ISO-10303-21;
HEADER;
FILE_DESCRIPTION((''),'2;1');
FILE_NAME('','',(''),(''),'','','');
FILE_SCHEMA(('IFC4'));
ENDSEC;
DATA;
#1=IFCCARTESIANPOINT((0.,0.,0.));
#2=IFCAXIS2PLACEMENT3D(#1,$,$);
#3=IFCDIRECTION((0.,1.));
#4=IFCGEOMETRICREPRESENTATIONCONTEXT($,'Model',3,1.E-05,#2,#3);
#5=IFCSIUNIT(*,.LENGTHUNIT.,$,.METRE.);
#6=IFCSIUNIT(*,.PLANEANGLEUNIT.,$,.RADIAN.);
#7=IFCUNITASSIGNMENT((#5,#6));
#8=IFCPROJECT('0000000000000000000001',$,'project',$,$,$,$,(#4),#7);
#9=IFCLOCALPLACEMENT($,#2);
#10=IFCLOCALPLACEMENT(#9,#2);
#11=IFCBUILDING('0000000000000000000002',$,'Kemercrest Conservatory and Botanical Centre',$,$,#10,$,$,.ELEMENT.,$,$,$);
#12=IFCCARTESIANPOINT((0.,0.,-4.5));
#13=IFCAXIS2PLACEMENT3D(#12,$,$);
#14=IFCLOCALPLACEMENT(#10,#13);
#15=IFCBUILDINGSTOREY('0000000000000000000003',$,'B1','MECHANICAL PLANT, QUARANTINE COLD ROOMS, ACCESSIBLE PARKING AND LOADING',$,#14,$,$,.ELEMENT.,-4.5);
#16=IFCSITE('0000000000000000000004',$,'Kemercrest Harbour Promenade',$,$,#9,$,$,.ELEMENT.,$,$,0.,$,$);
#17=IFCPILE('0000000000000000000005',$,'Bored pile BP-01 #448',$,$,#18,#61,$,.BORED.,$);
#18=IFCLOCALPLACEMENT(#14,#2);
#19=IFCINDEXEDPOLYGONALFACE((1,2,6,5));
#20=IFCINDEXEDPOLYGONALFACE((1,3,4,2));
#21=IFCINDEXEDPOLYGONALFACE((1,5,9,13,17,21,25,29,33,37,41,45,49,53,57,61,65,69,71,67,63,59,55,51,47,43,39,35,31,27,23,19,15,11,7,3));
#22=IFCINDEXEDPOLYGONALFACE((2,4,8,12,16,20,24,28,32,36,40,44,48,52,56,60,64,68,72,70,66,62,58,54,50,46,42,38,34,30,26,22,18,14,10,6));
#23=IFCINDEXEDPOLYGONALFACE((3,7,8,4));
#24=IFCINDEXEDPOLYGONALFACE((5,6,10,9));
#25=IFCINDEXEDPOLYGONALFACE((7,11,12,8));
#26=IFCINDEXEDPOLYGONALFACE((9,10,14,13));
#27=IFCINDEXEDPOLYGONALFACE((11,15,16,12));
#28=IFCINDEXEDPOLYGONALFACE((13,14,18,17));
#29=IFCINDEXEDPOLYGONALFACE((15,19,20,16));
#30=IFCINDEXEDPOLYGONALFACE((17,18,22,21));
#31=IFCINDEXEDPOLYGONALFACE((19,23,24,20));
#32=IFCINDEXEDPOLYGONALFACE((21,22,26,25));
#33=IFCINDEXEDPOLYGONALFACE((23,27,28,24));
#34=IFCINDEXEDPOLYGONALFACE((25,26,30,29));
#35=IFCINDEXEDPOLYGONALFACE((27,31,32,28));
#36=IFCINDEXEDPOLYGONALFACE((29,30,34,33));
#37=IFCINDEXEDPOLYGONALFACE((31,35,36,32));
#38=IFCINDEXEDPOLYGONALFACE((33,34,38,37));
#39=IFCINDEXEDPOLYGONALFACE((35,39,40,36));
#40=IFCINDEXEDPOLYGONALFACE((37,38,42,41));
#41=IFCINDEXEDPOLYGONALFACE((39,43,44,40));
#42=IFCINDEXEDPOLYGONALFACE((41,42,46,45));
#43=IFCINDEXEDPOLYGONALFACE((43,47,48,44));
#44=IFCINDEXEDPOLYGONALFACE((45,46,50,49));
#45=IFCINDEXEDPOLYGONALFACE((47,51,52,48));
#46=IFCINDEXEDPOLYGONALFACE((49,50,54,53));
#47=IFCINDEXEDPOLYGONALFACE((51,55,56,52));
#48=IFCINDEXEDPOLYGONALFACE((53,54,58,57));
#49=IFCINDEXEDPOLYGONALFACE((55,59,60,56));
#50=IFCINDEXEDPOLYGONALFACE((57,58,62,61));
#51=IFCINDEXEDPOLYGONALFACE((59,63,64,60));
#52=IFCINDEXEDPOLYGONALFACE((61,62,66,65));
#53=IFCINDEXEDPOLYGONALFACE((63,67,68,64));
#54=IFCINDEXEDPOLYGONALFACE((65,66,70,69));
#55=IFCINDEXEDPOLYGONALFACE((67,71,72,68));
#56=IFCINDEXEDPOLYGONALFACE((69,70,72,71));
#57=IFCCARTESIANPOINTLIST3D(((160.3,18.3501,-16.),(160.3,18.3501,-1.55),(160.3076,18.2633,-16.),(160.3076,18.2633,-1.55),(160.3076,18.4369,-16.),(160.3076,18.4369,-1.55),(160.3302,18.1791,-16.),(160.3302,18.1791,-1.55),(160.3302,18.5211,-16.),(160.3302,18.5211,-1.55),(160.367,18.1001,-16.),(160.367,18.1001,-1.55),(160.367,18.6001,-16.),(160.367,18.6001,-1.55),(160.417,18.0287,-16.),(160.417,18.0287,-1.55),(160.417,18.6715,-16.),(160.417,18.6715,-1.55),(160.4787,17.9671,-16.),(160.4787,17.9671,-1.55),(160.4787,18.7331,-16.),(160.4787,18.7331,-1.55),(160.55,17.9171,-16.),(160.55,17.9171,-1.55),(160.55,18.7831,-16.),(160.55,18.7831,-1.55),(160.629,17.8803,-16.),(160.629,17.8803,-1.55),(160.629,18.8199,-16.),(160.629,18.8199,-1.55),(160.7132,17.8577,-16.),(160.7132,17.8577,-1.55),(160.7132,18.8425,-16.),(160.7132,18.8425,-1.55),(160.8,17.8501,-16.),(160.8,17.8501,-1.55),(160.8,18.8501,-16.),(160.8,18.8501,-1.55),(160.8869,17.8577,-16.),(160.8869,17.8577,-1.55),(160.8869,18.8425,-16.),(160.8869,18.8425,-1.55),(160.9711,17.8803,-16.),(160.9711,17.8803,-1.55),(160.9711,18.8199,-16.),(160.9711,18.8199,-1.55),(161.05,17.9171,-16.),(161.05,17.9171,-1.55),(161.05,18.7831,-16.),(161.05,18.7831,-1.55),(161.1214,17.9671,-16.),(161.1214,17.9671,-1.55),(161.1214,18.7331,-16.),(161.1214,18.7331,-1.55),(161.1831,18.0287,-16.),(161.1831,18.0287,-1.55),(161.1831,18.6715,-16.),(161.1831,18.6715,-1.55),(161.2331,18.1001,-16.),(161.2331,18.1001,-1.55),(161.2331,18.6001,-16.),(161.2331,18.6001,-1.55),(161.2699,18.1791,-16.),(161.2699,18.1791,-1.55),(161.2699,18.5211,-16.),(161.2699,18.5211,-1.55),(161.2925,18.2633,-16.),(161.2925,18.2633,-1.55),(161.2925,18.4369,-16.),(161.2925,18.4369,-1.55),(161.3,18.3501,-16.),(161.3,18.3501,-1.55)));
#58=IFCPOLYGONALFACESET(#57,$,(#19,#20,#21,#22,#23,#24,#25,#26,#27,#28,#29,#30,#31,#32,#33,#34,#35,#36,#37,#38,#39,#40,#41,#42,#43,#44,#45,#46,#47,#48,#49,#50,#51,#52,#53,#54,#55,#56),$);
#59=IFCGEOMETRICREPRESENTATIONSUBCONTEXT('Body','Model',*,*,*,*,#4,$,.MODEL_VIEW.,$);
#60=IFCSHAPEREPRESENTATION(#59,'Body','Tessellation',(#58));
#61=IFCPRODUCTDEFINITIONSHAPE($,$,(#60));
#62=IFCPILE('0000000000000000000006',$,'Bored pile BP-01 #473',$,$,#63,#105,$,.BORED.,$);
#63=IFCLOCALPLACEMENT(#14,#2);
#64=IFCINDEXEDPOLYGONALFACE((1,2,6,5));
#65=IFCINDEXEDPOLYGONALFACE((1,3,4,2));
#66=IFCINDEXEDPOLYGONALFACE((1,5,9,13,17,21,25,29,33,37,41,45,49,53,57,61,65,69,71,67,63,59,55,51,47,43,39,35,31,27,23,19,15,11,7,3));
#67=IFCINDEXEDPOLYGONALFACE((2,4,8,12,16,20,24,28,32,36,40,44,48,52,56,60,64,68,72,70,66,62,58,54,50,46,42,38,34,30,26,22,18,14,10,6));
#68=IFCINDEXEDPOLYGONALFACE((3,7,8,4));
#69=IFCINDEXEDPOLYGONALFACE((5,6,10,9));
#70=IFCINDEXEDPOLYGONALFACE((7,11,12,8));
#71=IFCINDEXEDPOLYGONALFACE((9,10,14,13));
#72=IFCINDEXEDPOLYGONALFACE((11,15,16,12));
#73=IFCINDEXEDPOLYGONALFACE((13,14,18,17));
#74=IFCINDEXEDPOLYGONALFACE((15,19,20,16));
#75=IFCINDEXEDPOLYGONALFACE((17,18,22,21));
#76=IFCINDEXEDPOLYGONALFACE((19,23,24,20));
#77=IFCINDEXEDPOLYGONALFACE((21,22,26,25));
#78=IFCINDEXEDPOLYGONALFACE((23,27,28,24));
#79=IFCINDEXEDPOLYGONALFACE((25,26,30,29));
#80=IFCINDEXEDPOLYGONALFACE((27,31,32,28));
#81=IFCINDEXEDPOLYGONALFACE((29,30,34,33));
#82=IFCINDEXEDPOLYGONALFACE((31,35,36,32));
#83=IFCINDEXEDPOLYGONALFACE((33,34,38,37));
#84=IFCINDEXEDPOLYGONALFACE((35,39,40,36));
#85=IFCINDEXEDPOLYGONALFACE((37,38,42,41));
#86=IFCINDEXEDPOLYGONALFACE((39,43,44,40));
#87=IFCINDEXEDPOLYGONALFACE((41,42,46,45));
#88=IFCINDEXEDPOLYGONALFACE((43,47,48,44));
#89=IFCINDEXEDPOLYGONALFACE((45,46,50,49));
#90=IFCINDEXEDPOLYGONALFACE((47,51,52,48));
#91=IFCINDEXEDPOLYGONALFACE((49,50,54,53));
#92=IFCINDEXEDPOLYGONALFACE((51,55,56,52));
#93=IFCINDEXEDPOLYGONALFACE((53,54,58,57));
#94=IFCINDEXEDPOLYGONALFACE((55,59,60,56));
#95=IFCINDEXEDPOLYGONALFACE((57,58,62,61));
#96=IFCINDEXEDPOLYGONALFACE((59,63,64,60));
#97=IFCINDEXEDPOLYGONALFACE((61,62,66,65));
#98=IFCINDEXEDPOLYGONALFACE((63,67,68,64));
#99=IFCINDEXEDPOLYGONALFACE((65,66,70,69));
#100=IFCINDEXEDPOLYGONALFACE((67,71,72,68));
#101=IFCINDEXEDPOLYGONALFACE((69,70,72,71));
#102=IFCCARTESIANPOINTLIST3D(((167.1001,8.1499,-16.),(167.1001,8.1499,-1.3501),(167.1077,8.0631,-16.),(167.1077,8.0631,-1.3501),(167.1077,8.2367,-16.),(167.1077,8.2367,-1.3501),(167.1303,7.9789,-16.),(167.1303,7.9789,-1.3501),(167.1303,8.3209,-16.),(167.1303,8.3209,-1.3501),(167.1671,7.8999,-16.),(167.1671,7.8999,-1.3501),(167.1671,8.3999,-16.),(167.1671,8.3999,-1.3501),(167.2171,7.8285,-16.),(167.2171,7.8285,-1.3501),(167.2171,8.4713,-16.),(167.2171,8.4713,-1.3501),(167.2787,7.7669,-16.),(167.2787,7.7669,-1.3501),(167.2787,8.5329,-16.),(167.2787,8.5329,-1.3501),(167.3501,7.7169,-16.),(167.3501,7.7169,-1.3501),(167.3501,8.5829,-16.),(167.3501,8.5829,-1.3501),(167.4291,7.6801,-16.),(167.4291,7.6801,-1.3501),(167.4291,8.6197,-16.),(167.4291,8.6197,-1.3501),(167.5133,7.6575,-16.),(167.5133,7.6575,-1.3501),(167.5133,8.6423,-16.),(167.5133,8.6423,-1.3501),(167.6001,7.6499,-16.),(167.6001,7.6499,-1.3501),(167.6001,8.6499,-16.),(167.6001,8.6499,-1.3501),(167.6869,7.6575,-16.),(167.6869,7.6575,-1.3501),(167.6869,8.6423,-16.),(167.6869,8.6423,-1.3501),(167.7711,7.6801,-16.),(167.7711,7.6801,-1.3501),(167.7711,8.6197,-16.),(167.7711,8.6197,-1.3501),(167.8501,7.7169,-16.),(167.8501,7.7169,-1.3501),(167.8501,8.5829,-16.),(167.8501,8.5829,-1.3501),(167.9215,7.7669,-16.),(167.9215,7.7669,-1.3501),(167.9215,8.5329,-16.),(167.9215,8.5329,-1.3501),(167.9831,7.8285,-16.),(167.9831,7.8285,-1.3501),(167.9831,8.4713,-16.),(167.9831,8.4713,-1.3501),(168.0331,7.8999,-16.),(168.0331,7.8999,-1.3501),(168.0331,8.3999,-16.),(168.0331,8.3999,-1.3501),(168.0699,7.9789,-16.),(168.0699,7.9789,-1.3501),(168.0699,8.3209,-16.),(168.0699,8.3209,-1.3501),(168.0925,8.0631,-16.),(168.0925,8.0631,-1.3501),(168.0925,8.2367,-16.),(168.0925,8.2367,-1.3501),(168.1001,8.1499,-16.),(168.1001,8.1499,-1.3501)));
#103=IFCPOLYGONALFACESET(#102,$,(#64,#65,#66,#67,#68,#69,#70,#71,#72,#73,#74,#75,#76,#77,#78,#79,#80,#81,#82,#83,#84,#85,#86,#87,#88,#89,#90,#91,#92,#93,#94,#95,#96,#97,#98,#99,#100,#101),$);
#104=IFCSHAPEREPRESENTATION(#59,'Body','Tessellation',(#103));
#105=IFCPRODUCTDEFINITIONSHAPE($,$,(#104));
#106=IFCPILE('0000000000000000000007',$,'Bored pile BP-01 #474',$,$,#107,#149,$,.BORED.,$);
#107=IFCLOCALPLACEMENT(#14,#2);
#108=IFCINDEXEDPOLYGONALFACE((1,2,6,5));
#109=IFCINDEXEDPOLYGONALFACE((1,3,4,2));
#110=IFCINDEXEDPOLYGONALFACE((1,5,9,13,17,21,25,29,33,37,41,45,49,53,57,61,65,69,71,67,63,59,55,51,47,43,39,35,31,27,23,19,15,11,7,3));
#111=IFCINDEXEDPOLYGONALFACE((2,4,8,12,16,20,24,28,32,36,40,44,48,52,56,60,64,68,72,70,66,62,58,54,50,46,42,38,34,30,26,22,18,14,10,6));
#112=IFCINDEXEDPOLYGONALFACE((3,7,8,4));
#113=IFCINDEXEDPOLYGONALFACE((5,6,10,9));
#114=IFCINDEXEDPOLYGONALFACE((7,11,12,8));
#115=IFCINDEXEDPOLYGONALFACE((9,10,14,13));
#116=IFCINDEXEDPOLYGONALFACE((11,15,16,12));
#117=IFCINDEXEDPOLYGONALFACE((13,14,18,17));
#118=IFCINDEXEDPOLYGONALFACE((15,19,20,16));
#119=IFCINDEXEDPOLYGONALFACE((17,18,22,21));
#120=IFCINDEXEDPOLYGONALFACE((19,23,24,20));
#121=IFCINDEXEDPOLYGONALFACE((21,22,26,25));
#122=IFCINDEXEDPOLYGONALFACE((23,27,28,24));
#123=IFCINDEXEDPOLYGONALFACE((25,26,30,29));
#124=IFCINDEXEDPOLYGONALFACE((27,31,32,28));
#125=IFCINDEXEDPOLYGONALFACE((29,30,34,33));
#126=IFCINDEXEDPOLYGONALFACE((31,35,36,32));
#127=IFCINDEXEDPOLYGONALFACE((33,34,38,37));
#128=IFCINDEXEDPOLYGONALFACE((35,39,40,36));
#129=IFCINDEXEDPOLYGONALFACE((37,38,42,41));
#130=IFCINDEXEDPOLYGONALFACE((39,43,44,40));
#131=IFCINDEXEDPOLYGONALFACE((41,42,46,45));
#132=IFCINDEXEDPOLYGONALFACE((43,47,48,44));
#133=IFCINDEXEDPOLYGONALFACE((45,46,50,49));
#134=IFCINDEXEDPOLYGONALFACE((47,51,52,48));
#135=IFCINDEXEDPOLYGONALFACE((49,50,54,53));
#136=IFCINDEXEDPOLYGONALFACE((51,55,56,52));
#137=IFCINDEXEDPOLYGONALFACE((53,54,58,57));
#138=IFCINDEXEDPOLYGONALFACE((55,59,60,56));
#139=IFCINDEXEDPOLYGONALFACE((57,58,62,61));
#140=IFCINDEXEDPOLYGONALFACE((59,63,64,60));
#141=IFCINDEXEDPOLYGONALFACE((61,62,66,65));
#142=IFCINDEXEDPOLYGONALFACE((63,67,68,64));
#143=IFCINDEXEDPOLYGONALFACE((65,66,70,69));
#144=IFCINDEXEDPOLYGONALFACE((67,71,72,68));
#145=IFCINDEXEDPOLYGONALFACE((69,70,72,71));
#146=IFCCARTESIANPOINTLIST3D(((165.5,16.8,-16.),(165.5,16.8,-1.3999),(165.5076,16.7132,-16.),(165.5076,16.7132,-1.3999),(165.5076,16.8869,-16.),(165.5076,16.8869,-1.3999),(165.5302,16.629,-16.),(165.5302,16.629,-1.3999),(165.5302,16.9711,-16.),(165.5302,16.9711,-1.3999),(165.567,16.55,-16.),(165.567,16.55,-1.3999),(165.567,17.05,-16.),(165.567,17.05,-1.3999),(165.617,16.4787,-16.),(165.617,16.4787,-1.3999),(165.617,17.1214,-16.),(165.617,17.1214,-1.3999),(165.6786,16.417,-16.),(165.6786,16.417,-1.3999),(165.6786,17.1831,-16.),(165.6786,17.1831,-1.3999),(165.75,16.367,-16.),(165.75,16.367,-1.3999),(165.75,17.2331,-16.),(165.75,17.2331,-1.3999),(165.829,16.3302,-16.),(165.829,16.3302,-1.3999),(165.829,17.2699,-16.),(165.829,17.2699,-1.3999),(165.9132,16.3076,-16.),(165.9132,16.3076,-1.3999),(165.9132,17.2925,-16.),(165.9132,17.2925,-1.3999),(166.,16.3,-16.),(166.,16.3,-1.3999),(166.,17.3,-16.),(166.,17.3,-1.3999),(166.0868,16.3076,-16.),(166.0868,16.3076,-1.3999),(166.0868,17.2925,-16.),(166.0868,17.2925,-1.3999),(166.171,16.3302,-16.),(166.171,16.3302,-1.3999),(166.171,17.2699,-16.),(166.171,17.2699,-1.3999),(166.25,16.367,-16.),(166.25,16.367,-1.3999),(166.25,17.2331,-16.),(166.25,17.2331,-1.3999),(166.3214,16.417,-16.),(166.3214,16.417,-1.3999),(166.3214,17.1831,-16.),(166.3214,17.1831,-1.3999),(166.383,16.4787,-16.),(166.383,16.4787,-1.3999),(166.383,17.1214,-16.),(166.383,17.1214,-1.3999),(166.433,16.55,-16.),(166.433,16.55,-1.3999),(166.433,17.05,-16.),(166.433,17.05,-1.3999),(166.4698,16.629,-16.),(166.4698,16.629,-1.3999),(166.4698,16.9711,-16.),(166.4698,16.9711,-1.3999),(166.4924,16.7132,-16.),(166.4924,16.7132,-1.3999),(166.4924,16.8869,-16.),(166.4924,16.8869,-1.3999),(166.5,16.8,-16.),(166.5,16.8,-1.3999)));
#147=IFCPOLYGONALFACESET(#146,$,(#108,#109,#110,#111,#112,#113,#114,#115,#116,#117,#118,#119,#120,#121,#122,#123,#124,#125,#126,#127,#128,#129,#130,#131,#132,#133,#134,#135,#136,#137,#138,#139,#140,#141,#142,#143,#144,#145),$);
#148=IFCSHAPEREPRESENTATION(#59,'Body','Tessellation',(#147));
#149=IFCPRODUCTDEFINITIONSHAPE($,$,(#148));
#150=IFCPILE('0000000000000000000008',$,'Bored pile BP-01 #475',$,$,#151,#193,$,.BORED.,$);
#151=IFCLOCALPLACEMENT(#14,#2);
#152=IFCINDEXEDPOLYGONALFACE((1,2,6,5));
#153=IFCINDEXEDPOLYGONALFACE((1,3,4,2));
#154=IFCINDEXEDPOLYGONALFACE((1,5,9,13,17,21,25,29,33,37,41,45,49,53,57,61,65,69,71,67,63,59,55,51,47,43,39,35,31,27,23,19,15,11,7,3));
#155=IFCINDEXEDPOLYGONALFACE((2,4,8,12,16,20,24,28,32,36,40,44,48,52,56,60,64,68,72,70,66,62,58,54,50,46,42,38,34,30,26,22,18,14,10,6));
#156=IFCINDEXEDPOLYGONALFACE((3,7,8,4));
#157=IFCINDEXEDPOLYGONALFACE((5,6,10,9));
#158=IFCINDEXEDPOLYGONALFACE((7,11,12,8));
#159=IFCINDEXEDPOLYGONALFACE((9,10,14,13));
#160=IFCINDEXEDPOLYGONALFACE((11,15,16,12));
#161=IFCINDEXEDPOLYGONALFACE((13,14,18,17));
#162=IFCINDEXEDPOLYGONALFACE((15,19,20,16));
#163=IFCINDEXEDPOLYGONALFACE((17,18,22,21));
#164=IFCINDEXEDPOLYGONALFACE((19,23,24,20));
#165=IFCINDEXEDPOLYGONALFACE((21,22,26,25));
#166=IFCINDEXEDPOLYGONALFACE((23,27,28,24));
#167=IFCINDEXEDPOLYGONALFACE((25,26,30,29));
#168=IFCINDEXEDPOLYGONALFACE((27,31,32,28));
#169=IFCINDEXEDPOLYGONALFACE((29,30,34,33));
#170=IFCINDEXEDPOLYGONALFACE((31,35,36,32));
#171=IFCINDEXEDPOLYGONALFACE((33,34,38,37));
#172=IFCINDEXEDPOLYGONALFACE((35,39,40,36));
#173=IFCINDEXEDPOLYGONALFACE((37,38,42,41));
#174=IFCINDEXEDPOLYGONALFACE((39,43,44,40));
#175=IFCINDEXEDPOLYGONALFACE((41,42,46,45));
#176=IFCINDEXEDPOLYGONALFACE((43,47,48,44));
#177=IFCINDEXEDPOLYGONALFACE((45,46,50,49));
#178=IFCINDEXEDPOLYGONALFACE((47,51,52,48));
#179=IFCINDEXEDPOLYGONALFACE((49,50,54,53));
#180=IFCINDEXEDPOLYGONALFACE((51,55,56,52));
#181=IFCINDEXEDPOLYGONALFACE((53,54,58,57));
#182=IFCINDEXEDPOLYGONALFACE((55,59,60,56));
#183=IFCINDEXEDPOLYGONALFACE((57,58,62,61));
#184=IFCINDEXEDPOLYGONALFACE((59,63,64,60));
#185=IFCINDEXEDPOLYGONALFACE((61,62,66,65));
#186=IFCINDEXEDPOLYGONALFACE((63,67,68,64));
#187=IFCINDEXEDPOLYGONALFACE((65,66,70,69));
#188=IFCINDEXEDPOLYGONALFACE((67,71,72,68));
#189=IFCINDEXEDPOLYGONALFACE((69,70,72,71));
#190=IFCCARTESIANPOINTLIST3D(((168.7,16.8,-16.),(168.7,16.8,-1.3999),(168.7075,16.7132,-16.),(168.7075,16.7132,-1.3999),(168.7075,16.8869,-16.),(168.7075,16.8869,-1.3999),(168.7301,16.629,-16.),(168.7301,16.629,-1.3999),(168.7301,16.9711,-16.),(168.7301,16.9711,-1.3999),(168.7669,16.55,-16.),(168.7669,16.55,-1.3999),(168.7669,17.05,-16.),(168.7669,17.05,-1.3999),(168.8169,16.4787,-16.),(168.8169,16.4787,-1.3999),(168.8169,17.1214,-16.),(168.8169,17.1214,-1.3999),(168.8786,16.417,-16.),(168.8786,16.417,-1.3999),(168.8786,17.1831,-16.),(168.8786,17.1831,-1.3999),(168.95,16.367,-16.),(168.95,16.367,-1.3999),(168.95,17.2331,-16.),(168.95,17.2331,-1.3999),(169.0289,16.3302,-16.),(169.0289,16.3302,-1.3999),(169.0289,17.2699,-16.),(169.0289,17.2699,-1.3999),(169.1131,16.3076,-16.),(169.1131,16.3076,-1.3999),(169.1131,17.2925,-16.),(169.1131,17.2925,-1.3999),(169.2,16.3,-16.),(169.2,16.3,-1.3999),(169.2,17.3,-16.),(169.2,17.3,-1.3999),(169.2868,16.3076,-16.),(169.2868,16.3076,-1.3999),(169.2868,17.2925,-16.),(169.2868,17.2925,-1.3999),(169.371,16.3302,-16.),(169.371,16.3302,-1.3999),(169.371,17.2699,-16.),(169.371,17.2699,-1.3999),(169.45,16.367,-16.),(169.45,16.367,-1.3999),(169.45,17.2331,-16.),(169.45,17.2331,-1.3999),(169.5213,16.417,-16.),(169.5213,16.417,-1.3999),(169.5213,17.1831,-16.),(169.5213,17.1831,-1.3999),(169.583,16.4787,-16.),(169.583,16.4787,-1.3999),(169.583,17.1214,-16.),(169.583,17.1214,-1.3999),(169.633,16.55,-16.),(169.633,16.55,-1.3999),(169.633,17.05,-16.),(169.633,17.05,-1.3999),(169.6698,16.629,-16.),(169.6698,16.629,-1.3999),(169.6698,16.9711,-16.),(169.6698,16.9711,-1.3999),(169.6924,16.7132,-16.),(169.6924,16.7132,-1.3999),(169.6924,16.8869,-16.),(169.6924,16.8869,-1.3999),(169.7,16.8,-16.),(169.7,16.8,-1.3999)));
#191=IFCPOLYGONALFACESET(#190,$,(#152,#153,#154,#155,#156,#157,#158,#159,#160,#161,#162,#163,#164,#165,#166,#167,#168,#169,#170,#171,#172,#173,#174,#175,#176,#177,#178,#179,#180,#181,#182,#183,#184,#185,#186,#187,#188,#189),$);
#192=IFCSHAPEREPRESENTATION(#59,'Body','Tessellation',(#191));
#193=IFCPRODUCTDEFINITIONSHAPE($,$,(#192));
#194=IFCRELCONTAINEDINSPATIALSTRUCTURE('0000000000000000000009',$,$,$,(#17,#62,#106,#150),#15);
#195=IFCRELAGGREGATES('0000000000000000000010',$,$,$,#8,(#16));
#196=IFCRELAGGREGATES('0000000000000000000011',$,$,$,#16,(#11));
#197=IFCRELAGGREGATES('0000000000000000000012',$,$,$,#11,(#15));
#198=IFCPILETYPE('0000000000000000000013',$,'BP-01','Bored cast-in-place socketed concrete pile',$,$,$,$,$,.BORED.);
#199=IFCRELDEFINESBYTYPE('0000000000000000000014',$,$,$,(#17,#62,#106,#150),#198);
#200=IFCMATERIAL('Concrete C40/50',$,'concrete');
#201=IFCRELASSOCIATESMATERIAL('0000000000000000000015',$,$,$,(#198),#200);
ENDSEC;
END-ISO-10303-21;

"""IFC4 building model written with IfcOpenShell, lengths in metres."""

from ifc_helpers import new_model, si_unit, direction, frame, origin, origin_2d, place, context, subcontext, project, spatial, circle, extrude, material, material_profile, profile_set, type_object, element, save


model = new_model("IFC4")

# Units and contexts
model_context = context("Model", 3, precision=1e-05, world=origin(), true_north=direction((0.0, 1.0)))
body_context = subcontext(model_context, "Body", "Model", "MODEL_VIEW")
ifc_project = project(units=[si_unit("LENGTHUNIT", "METRE"), si_unit("PLANEANGLEUNIT", "RADIAN")], contexts=[model_context])

# Site, building, storey
site_placement = place(None, origin())
site = spatial("IfcSite", under=ifc_project, at=site_placement, Name="Kemercrest Harbour Promenade", CompositionType="ELEMENT", RefElevation=0.0)
building_placement = place(site_placement, origin())
building = spatial("IfcBuilding", under=site, at=building_placement, Name="Kemercrest Conservatory and Botanical Centre", CompositionType="ELEMENT")
storey_placement = place(building_placement, frame((0.0, 0.0, -4.5)))
storey = spatial("IfcBuildingStorey", under=building, at=storey_placement, Name="B1", Description="MECHANICAL PLANT, QUARANTINE COLD ROOMS, ACCESSIBLE PARKING AND LOADING", CompositionType="ELEMENT", Elevation=-4.5)

# Piles
ifc_material_1 = material(Name="Concrete C40/50", Category="concrete")
ifc_material_profile_1 = material_profile(ifc_material_1, circle(Radius=0.5, at=origin_2d()), Name="BORED PILE 1000")
ifc_profile_set_1 = profile_set([ifc_material_profile_1], Name="Concrete C40/50")
pile_type_1 = type_object("IfcPileType", Name="BP-01", Description="Bored cast-in-place socketed concrete pile", PredefinedType="BORED", material=ifc_profile_set_1)
pile_1_placement = place(storey_placement, frame((160.8, 18.3501, -1.55), z_axis=(0.0, 0.0, -1.0), x_axis=(1.0, 0.0, 0.0)))
element("IfcPile", 1, at=pile_1_placement, inside=storey, type_object=pile_type_1, Name="Bored pile BP-01 #448", PredefinedType="BORED", context=body_context, shape_type="SweptSolid", body=[
    extrude(circle(Radius=0.5, at=origin_2d()), origin(), (0.0, 0.0, 1.0), 14.45),
])
pile_2_placement = place(storey_placement, frame((167.6001, 8.1499, -1.3501), z_axis=(0.0, 0.0, -1.0), x_axis=(1.0, 0.0, 0.0)))
element("IfcPile", 2, at=pile_2_placement, inside=storey, type_object=pile_type_1, Name="Bored pile BP-01 #473", PredefinedType="BORED", context=body_context, shape_type="SweptSolid", body=[
    extrude(circle(Radius=0.5, at=origin_2d()), origin(), (0.0, 0.0, 1.0), 14.6499),
])
for number, where, z_axis, x_axis, name in (
    (3, (166.0, 16.8, -1.3999), (0.0, 0.0, -1.0), (1.0, 0.0, 0.0), "Bored pile BP-01 #474"),
    (4, (169.2, 16.8, -1.3999), (0.0, 0.0, -1.0), (1.0, 0.0, 0.0), "Bored pile BP-01 #475"),
):
    element("IfcPile", number, at=place(storey_placement, frame(where, z_axis=z_axis, x_axis=x_axis)), inside=storey, type_object=pile_type_1, Name=name, PredefinedType="BORED", context=body_context, shape_type="SweptSolid", body=[
        extrude(circle(Radius=0.5, at=origin_2d()), origin(), (0.0, 0.0, 1.0), 14.6001),
    ])

save(model, "model.ifc")
